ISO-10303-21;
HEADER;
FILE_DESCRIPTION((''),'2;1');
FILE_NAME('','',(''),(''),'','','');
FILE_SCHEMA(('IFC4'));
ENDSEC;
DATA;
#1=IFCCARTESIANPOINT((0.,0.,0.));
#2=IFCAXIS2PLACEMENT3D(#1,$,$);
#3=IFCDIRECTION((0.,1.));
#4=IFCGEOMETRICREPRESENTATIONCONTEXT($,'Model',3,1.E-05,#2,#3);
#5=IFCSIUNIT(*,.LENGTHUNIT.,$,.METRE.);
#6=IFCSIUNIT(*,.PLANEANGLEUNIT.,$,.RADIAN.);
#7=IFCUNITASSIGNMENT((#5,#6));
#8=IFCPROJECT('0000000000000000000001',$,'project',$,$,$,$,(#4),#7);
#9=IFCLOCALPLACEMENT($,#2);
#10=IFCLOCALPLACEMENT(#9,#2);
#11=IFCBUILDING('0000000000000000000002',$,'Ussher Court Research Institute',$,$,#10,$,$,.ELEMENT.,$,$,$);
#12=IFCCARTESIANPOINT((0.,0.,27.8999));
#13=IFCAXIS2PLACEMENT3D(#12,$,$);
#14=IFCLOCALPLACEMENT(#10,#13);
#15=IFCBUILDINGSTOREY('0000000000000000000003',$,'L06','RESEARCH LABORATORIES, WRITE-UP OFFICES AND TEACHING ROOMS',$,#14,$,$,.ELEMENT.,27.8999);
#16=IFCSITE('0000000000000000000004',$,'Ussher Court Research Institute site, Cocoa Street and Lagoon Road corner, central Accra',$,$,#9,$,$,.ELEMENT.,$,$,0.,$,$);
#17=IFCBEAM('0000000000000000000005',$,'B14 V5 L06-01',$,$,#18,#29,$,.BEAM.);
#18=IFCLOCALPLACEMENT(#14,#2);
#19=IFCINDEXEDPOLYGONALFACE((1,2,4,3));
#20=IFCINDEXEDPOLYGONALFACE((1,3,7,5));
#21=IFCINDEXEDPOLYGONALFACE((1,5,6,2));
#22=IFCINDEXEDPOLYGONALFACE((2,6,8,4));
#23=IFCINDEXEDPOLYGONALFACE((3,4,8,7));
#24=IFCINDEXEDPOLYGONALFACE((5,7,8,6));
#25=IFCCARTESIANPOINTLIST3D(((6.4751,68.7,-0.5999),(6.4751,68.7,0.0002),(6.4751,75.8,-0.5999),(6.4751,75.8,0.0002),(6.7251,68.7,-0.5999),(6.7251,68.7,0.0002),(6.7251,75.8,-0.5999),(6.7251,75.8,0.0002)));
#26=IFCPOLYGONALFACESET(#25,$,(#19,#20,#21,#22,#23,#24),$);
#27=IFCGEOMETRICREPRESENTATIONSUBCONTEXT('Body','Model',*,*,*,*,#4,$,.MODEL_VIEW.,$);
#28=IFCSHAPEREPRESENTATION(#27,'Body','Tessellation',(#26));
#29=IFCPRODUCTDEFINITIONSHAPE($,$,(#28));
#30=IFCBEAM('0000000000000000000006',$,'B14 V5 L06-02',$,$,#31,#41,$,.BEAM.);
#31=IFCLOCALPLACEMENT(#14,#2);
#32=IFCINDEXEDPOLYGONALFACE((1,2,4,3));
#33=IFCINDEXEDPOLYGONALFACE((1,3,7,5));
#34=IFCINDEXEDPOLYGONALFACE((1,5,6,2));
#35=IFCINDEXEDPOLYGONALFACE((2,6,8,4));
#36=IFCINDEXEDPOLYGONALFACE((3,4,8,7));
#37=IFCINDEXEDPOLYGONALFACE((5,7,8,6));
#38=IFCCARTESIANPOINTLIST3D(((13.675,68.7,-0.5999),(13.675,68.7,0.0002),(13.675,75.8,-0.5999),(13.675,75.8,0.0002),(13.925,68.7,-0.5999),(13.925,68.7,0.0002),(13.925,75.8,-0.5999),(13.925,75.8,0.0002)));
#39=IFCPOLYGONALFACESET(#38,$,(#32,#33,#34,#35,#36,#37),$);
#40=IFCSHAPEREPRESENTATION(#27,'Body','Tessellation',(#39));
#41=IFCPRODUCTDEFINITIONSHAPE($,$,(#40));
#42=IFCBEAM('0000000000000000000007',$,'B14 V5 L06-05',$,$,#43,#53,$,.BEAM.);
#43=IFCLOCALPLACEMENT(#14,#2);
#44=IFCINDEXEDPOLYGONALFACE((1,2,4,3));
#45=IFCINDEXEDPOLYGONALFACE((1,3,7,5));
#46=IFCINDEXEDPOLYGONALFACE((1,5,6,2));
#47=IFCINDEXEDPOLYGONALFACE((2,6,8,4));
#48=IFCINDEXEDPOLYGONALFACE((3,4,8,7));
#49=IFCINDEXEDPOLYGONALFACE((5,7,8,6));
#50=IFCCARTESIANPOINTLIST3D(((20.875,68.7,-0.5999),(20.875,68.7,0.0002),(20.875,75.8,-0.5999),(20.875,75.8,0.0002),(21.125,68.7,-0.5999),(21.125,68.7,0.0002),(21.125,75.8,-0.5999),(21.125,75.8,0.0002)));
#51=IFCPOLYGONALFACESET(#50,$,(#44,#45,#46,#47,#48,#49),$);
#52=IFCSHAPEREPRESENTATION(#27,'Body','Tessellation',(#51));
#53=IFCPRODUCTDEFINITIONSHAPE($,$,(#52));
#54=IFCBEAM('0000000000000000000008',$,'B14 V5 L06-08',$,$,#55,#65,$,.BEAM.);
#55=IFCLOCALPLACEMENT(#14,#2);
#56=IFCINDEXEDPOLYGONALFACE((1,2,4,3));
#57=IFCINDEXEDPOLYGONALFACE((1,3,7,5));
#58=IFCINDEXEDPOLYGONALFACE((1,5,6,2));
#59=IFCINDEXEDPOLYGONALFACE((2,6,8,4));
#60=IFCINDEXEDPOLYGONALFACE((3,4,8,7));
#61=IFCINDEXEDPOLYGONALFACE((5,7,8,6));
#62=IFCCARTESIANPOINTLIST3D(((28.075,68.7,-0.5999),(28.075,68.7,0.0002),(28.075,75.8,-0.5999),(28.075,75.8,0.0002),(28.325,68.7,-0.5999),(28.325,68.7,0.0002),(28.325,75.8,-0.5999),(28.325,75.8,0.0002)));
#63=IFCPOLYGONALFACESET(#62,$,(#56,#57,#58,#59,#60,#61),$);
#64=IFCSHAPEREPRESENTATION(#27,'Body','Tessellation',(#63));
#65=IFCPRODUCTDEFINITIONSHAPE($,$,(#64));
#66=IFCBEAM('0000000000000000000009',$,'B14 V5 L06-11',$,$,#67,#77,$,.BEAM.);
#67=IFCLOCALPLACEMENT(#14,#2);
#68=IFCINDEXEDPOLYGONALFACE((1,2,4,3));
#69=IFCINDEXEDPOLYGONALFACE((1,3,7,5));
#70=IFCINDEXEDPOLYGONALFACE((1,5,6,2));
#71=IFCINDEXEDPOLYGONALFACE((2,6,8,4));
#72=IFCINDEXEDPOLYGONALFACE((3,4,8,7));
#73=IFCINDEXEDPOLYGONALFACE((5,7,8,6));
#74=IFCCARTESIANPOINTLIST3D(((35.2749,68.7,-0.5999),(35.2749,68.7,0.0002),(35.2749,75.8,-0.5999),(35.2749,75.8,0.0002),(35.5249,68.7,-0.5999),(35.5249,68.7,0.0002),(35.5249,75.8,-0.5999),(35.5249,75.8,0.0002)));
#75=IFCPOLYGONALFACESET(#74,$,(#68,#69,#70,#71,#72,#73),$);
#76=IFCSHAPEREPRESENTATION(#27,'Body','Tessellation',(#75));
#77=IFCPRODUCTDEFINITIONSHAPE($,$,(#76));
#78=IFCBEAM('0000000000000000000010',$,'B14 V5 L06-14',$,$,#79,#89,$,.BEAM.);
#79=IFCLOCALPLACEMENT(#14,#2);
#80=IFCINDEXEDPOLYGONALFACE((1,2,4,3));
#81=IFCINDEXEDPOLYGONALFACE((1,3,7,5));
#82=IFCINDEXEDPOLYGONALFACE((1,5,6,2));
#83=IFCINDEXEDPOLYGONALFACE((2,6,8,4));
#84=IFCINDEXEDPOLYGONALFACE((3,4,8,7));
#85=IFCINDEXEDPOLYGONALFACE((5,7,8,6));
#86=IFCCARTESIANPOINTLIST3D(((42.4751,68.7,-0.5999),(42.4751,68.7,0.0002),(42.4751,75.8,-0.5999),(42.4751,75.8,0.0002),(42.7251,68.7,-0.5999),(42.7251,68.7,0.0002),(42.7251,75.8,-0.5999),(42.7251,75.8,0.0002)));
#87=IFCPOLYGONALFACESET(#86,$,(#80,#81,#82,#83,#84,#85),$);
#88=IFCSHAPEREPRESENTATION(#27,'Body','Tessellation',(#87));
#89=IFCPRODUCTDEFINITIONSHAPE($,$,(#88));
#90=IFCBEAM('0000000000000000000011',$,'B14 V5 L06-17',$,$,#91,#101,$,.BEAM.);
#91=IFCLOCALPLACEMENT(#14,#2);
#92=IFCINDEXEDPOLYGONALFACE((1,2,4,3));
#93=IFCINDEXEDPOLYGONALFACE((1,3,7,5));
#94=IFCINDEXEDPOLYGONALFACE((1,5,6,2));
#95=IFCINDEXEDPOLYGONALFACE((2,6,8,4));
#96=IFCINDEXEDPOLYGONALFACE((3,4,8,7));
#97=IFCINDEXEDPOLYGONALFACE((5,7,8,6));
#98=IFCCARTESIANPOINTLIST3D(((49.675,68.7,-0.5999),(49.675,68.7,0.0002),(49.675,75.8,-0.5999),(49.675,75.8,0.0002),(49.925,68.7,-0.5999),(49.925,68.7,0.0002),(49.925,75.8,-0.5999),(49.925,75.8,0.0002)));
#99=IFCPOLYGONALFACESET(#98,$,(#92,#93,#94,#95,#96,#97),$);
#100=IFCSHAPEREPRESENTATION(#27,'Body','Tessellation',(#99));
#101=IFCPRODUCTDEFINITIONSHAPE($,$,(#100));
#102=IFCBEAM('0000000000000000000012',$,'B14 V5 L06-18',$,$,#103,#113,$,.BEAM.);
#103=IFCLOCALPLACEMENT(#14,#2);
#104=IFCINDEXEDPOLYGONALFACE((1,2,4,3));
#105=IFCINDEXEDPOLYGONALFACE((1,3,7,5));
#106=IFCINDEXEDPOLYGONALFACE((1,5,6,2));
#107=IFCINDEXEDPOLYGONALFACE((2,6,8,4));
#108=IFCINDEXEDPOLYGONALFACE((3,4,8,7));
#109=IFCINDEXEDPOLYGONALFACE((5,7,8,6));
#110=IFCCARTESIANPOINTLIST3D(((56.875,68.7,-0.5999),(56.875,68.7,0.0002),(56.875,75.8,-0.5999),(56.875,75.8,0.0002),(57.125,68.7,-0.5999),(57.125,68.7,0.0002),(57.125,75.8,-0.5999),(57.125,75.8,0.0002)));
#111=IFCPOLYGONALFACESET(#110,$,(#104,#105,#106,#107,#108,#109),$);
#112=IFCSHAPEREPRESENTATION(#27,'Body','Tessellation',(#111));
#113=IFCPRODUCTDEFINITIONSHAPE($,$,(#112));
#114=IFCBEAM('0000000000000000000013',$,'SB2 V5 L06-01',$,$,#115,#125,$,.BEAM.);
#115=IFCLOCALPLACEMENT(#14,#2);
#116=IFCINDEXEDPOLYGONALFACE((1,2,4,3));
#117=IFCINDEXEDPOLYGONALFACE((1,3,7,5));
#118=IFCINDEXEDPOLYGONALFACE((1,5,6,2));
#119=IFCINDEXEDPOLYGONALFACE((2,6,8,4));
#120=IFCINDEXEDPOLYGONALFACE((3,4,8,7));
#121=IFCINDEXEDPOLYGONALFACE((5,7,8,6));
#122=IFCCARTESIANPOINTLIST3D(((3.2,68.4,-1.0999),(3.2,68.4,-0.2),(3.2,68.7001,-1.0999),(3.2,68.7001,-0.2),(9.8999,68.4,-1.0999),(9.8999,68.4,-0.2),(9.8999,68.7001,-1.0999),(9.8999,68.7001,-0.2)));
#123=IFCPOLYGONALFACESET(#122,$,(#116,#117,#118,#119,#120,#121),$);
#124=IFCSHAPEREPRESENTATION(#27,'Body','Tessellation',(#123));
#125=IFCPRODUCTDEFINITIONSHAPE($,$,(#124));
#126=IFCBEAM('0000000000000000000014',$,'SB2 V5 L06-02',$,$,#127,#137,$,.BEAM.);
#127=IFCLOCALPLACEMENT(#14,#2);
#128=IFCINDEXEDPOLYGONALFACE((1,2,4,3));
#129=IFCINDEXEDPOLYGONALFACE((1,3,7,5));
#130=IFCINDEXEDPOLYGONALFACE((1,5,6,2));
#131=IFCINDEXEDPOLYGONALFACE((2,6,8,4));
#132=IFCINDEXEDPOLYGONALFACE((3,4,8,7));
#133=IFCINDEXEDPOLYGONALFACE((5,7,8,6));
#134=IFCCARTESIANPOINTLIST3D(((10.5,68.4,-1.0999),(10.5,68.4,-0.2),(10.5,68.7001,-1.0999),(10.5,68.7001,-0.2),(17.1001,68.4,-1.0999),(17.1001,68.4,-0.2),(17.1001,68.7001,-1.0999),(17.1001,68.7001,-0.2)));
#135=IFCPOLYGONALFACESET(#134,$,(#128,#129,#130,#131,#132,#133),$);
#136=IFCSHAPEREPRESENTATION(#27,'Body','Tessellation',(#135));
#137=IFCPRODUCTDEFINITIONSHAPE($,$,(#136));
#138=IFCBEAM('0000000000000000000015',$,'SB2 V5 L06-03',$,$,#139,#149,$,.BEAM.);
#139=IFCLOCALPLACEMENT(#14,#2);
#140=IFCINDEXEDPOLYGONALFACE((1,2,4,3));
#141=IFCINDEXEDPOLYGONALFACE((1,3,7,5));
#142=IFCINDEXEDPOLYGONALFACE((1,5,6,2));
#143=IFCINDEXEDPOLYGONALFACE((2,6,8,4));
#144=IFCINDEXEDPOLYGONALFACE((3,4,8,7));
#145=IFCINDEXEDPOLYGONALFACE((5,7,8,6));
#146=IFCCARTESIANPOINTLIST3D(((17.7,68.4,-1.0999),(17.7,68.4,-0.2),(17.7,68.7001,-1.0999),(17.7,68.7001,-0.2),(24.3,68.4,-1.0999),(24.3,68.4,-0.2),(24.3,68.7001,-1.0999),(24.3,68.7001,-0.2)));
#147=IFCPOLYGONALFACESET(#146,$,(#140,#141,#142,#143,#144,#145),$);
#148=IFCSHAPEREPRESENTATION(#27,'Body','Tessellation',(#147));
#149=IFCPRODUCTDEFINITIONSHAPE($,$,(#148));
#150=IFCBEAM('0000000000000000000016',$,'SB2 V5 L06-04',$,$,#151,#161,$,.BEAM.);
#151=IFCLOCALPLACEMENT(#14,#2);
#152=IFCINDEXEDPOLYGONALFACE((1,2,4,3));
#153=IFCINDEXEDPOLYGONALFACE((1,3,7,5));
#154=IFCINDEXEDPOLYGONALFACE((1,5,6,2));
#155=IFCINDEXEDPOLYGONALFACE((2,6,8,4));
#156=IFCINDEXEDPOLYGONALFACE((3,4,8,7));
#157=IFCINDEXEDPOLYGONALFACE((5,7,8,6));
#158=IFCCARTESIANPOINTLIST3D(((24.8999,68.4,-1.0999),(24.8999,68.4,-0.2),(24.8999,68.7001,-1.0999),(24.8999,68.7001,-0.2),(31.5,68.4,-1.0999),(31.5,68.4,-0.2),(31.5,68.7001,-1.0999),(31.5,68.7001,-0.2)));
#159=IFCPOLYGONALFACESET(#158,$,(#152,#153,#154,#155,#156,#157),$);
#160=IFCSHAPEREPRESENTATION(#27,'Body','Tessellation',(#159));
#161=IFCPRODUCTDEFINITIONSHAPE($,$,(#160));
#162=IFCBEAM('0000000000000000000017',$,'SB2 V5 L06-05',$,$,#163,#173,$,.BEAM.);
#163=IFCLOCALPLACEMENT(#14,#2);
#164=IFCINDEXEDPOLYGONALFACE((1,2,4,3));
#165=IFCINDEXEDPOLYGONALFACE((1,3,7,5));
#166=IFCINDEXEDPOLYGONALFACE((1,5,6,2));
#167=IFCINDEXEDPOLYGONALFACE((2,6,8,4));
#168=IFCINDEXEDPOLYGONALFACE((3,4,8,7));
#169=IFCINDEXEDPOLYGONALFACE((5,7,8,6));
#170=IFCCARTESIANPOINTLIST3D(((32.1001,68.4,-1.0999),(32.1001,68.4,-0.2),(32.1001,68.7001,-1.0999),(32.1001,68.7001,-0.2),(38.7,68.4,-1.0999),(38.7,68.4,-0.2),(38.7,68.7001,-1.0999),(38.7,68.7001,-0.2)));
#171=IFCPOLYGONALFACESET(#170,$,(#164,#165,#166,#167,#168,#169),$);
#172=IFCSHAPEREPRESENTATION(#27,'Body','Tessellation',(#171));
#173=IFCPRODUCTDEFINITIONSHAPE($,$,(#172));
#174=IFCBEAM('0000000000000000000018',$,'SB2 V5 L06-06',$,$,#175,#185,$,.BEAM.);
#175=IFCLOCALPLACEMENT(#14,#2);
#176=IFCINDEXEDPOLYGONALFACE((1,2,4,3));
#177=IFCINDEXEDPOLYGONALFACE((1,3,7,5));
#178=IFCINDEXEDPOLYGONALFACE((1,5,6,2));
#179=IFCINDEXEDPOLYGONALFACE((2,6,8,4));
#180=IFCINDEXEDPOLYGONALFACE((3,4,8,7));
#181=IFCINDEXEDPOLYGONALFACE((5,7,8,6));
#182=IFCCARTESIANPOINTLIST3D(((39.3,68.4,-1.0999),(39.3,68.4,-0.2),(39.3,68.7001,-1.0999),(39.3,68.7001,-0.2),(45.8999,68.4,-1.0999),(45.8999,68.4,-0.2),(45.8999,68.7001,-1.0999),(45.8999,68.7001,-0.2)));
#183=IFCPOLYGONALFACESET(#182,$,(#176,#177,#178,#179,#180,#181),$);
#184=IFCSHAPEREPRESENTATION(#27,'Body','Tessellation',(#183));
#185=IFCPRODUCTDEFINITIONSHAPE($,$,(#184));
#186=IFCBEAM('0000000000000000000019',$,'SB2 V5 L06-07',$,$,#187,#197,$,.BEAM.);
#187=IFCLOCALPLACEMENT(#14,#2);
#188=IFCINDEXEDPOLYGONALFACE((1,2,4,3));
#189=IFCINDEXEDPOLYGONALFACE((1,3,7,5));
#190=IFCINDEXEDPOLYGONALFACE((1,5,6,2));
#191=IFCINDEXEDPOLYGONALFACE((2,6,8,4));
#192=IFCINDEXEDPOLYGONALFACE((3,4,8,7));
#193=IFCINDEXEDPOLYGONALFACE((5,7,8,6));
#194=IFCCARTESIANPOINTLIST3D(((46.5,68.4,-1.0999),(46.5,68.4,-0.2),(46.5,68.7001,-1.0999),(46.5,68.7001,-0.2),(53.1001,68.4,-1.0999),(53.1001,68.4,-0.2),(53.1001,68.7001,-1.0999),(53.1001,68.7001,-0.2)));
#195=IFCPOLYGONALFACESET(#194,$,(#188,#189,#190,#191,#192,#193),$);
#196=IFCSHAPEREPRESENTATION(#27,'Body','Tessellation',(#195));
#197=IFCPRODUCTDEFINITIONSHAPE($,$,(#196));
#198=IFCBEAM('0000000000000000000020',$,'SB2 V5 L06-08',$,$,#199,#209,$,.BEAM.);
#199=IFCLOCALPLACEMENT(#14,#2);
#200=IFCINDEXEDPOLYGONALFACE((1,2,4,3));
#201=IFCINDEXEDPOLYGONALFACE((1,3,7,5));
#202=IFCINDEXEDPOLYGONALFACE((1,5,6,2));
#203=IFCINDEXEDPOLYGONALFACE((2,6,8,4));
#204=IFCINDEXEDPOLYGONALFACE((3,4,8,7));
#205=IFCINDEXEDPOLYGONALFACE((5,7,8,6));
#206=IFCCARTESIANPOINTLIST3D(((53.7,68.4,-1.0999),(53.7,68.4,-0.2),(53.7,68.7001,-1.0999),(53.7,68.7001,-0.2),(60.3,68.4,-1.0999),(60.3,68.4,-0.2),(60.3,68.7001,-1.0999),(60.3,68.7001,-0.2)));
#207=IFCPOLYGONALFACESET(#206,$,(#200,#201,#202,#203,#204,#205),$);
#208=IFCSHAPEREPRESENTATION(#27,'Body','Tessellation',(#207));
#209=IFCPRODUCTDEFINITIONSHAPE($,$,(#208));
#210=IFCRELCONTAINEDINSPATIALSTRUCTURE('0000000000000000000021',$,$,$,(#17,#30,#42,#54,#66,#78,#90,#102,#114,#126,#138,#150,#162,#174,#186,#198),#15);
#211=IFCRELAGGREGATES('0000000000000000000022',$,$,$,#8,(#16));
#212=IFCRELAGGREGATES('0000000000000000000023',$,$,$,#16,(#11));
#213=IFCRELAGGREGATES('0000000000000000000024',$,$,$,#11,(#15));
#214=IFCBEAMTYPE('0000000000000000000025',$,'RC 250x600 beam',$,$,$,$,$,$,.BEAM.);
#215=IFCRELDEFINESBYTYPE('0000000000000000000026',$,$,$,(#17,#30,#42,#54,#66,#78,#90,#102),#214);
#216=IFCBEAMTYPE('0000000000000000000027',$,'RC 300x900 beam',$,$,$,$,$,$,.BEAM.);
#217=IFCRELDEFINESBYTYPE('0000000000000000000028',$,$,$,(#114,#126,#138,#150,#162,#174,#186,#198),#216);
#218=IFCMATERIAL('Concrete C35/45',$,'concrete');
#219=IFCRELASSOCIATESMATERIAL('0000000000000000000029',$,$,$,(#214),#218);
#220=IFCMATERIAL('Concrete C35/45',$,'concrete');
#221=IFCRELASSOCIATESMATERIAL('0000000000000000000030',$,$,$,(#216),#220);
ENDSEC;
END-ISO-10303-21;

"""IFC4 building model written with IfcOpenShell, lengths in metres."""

from ifc_helpers import new_model, si_unit, direction, frame, origin, origin_2d, place, context, subcontext, project, spatial, rectangle, extrude, material, material_profile, profile_set, type_object, element, save


model = new_model("IFC4")

# Units and contexts
model_context = context("Model", 3, precision=1e-05, world=origin(), true_north=direction((0.0, 1.0)))
body_context = subcontext(model_context, "Body", "Model", "MODEL_VIEW")
ifc_project = project(units=[si_unit("LENGTHUNIT", "METRE"), si_unit("PLANEANGLEUNIT", "RADIAN")], contexts=[model_context])

# Site, building, storey
site_placement = place(None, origin())
site = spatial("IfcSite", under=ifc_project, at=site_placement, Name="Ussher Court Research Institute site, Cocoa Street and Lagoon Road corner, central Accra", CompositionType="ELEMENT", RefElevation=0.0)
building_placement = place(site_placement, origin())
building = spatial("IfcBuilding", under=site, at=building_placement, Name="Ussher Court Research Institute", CompositionType="ELEMENT")
storey_placement = place(building_placement, frame((0.0, 0.0, 27.8999)))
storey = spatial("IfcBuildingStorey", under=building, at=storey_placement, Name="L06", Description="RESEARCH LABORATORIES, WRITE-UP OFFICES AND TEACHING ROOMS", CompositionType="ELEMENT", Elevation=27.8999)

# Beams
ifc_material_1 = material(Name="Concrete C35/45", Category="concrete")
ifc_material_profile_1 = material_profile(ifc_material_1, rectangle(XDim=0.25, YDim=0.6001, at=origin_2d()), Name="RC 250x600")
ifc_profile_set_1 = profile_set([ifc_material_profile_1], Name="Concrete C35/45")
beam_type_1 = type_object("IfcBeamType", Name="RC 250x600 beam", PredefinedType="BEAM", material=ifc_profile_set_1)
for number, where, z_axis, x_axis, name in (
    (1, (6.6001, 68.7, -0.2998), (0.0, 1.0, 0.0), (-1.0, 0.0, 0.0), "B14 V5 L06-01"),
    (2, (13.8, 68.7, -0.2998), (0.0, 1.0, 0.0), (-1.0, 0.0, 0.0), "B14 V5 L06-02"),
    (3, (21.0, 68.7, -0.2998), (0.0, 1.0, 0.0), (-1.0, 0.0, 0.0), "B14 V5 L06-05"),
    (4, (28.2, 68.7, -0.2998), (0.0, 1.0, 0.0), (-1.0, 0.0, 0.0), "B14 V5 L06-08"),
    (5, (35.3999, 68.7, -0.2998), (0.0, 1.0, 0.0), (-1.0, 0.0, 0.0), "B14 V5 L06-11"),
    (6, (42.6001, 68.7, -0.2998), (0.0, 1.0, 0.0), (-1.0, 0.0, 0.0), "B14 V5 L06-14"),
    (7, (49.8, 68.7, -0.2998), (0.0, 1.0, 0.0), (-1.0, 0.0, 0.0), "B14 V5 L06-17"),
    (8, (57.0, 68.7, -0.2998), (0.0, 1.0, 0.0), (-1.0, 0.0, 0.0), "B14 V5 L06-18"),
):
    element("IfcBeam", number, at=place(storey_placement, frame(where, z_axis=z_axis, x_axis=x_axis)), inside=storey, type_object=beam_type_1, Name=name, PredefinedType="BEAM", context=body_context, shape_type="SweptSolid", body=[
        extrude(rectangle(XDim=0.25, YDim=0.6001, at=origin_2d()), origin(), (0.0, 0.0, 1.0), 7.1001),
    ])
ifc_material_2 = material(Name="Concrete C35/45", Category="concrete")
ifc_material_profile_2 = material_profile(ifc_material_2, rectangle(XDim=0.3, YDim=0.8999, at=origin_2d()), Name="RC 300x900")
ifc_profile_set_2 = profile_set([ifc_material_profile_2], Name="Concrete C35/45")
beam_type_2 = type_object("IfcBeamType", Name="RC 300x900 beam", PredefinedType="BEAM", material=ifc_profile_set_2)
beam_placement = place(storey_placement, frame((3.2, 68.55, -0.6499), z_axis=(1.0, 0.0, 0.0), x_axis=(0.0, 1.0, 0.0)))
element("IfcBeam", 9, at=beam_placement, inside=storey, type_object=beam_type_2, Name="SB2 V5 L06-01", PredefinedType="BEAM", context=body_context, shape_type="SweptSolid", body=[
    extrude(rectangle(XDim=0.3, YDim=0.8999, at=origin_2d()), origin(), (0.0, 0.0, 1.0), 6.7),
])
for number, where, z_axis, x_axis, name in (
    (10, (10.5, 68.55, -0.6499), (1.0, 0.0, 0.0), (0.0, 1.0, 0.0), "SB2 V5 L06-02"),
    (11, (17.7, 68.55, -0.6499), (1.0, 0.0, 0.0), (0.0, 1.0, 0.0), "SB2 V5 L06-03"),
    (12, (24.8999, 68.55, -0.6499), (1.0, 0.0, 0.0), (0.0, 1.0, 0.0), "SB2 V5 L06-04"),
):
    element("IfcBeam", number, at=place(storey_placement, frame(where, z_axis=z_axis, x_axis=x_axis)), inside=storey, type_object=beam_type_2, Name=name, PredefinedType="BEAM", context=body_context, shape_type="SweptSolid", body=[
        extrude(rectangle(XDim=0.3, YDim=0.8999, at=origin_2d()), origin(), (0.0, 0.0, 1.0), 6.6001),
    ])
for number, where, z_axis, x_axis, name in (
    (13, (32.1001, 68.55, -0.6499), (1.0, 0.0, 0.0), (0.0, 1.0, 0.0), "SB2 V5 L06-05"),
    (14, (39.3, 68.55, -0.6499), (1.0, 0.0, 0.0), (0.0, 1.0, 0.0), "SB2 V5 L06-06"),
):
    element("IfcBeam", number, at=place(storey_placement, frame(where, z_axis=z_axis, x_axis=x_axis)), inside=storey, type_object=beam_type_2, Name=name, PredefinedType="BEAM", context=body_context, shape_type="SweptSolid", body=[
        extrude(rectangle(XDim=0.3, YDim=0.8999, at=origin_2d()), origin(), (0.0, 0.0, 1.0), 6.5999),
    ])
for number, where, z_axis, x_axis, name in (
    (15, (46.5, 68.55, -0.6499), (1.0, 0.0, 0.0), (0.0, 1.0, 0.0), "SB2 V5 L06-07"),
    (16, (53.7, 68.55, -0.6499), (1.0, 0.0, 0.0), (0.0, 1.0, 0.0), "SB2 V5 L06-08"),
):
    element("IfcBeam", number, at=place(storey_placement, frame(where, z_axis=z_axis, x_axis=x_axis)), inside=storey, type_object=beam_type_2, Name=name, PredefinedType="BEAM", context=body_context, shape_type="SweptSolid", body=[
        extrude(rectangle(XDim=0.3, YDim=0.8999, at=origin_2d()), origin(), (0.0, 0.0, 1.0), 6.6001),
    ])

save(model, "model.ifc")
